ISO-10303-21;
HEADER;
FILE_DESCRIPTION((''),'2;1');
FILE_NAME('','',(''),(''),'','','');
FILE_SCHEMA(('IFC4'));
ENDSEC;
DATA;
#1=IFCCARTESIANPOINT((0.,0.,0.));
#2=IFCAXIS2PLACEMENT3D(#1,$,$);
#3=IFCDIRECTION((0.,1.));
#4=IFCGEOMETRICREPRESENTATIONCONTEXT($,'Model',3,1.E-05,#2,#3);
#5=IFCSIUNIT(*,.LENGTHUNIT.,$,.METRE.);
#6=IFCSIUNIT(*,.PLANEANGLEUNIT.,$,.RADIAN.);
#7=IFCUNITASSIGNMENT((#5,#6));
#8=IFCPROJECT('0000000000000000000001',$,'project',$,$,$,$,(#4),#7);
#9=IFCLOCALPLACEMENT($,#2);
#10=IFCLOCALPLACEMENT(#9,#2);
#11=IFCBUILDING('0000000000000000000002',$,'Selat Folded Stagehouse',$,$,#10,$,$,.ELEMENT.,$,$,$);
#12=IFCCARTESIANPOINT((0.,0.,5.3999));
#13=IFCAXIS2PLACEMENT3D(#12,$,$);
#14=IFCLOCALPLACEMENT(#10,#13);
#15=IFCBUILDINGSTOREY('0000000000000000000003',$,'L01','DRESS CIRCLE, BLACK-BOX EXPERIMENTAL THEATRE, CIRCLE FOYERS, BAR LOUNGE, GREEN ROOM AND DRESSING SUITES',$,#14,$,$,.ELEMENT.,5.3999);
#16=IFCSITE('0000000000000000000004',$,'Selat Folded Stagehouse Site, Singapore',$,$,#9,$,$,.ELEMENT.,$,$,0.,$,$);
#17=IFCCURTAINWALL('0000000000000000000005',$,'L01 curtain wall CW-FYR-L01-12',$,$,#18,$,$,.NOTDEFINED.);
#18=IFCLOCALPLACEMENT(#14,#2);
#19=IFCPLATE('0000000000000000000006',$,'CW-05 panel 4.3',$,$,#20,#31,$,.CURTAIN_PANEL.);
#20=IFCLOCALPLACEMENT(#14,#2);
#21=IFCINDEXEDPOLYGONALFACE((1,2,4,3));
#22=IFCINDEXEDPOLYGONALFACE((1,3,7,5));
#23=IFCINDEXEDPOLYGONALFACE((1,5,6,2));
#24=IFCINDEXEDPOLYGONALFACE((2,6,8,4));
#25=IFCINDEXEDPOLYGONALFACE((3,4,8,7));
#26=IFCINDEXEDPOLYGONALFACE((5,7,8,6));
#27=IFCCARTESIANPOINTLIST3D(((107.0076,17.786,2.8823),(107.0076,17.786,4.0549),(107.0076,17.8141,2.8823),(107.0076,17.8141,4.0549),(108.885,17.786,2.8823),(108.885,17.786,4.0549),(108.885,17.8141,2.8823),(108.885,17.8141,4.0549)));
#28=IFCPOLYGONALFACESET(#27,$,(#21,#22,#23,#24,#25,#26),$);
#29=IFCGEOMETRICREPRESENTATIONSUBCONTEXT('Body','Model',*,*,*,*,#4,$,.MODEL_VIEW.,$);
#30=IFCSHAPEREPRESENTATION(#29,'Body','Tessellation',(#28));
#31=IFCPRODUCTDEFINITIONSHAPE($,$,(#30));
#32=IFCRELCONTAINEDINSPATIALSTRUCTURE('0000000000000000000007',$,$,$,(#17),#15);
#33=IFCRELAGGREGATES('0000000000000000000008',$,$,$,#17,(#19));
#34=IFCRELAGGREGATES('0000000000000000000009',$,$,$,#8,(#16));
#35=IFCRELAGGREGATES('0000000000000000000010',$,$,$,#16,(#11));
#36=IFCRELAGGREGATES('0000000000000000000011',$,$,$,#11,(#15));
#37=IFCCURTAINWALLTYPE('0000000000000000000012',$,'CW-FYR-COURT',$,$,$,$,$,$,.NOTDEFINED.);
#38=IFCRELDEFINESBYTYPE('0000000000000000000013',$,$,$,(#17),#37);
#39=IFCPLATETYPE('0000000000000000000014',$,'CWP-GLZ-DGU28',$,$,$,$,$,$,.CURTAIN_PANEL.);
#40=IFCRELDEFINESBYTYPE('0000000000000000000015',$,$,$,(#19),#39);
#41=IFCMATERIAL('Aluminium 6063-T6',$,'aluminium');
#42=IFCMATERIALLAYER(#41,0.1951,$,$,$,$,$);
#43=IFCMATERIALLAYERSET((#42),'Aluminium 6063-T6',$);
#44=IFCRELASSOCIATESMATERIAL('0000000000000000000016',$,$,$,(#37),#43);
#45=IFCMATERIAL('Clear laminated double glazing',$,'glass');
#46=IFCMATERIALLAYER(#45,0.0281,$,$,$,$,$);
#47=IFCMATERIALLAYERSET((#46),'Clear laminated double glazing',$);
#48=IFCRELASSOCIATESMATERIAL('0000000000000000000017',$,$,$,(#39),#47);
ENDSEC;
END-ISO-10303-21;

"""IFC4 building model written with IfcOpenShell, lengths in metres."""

from ifc_helpers import new_model, si_unit, direction, frame, origin, origin_2d, place, context, subcontext, project, spatial, rectangle, extrude, material, layer, layer_set, type_object, element, aggregate, save


model = new_model("IFC4")

# Units and contexts
model_context = context("Model", 3, precision=1e-05, world=origin(), true_north=direction((0.0, 1.0)))
body_context = subcontext(model_context, "Body", "Model", "MODEL_VIEW")
ifc_project = project(units=[si_unit("LENGTHUNIT", "METRE"), si_unit("PLANEANGLEUNIT", "RADIAN")], contexts=[model_context])

# Site, building, storey
site_placement = place(None, origin())
site = spatial("IfcSite", under=ifc_project, at=site_placement, Name="Selat Folded Stagehouse Site, Singapore", CompositionType="ELEMENT", RefElevation=0.0)
building_placement = place(site_placement, origin())
building = spatial("IfcBuilding", under=site, at=building_placement, Name="Selat Folded Stagehouse", CompositionType="ELEMENT")
storey_placement = place(building_placement, frame((0.0, 0.0, 5.3999)))
storey = spatial("IfcBuildingStorey", under=building, at=storey_placement, Name="L01", Description="DRESS CIRCLE, BLACK-BOX EXPERIMENTAL THEATRE, CIRCLE FOYERS, BAR LOUNGE, GREEN ROOM AND DRESSING SUITES", CompositionType="ELEMENT", Elevation=5.3999)

# Curtain wall
ifc_material_1 = material(Name="Aluminium 6063-T6", Category="aluminium")
ifc_layer_1 = layer(ifc_material_1, 0.1951)
ifc_layer_set_1 = layer_set([ifc_layer_1], Name="Aluminium 6063-T6")
curtain_wall_type = type_object("IfcCurtainWallType", Name="CW-FYR-COURT", PredefinedType="NOTDEFINED", material=ifc_layer_set_1)
curtain_wall_1_placement = place(storey_placement, origin())
curtain_wall_1 = element("IfcCurtainWall", 1, at=curtain_wall_1_placement, inside=storey, type_object=curtain_wall_type, Name="L01 curtain wall CW-FYR-L01-12", PredefinedType="NOTDEFINED")

# Plate
ifc_material_2 = material(Name="Clear laminated double glazing", Category="glass")
ifc_layer_2 = layer(ifc_material_2, 0.0281)
ifc_layer_set_2 = layer_set([ifc_layer_2], Name="Clear laminated double glazing")
plate_type = type_object("IfcPlateType", Name="CWP-GLZ-DGU28", PredefinedType="CURTAIN_PANEL", material=ifc_layer_set_2)
plate_1_placement = place(storey_placement, frame((107.9463, 17.8, 2.8823), z_axis=(0.0, 0.0, 1.0), x_axis=(1.0, 0.0, 0.0)))
plate_1 = element("IfcPlate", 2, at=plate_1_placement, type_object=plate_type, Name="CW-05 panel 4.3", PredefinedType="CURTAIN_PANEL", context=body_context, shape_type="SweptSolid", body=[
    extrude(rectangle(XDim=1.8774, YDim=0.0281, at=origin_2d()), origin(), (0.0, 0.0, 1.0), 1.1726),
])
aggregate(curtain_wall_1, [plate_1])

save(model, "model.ifc")
